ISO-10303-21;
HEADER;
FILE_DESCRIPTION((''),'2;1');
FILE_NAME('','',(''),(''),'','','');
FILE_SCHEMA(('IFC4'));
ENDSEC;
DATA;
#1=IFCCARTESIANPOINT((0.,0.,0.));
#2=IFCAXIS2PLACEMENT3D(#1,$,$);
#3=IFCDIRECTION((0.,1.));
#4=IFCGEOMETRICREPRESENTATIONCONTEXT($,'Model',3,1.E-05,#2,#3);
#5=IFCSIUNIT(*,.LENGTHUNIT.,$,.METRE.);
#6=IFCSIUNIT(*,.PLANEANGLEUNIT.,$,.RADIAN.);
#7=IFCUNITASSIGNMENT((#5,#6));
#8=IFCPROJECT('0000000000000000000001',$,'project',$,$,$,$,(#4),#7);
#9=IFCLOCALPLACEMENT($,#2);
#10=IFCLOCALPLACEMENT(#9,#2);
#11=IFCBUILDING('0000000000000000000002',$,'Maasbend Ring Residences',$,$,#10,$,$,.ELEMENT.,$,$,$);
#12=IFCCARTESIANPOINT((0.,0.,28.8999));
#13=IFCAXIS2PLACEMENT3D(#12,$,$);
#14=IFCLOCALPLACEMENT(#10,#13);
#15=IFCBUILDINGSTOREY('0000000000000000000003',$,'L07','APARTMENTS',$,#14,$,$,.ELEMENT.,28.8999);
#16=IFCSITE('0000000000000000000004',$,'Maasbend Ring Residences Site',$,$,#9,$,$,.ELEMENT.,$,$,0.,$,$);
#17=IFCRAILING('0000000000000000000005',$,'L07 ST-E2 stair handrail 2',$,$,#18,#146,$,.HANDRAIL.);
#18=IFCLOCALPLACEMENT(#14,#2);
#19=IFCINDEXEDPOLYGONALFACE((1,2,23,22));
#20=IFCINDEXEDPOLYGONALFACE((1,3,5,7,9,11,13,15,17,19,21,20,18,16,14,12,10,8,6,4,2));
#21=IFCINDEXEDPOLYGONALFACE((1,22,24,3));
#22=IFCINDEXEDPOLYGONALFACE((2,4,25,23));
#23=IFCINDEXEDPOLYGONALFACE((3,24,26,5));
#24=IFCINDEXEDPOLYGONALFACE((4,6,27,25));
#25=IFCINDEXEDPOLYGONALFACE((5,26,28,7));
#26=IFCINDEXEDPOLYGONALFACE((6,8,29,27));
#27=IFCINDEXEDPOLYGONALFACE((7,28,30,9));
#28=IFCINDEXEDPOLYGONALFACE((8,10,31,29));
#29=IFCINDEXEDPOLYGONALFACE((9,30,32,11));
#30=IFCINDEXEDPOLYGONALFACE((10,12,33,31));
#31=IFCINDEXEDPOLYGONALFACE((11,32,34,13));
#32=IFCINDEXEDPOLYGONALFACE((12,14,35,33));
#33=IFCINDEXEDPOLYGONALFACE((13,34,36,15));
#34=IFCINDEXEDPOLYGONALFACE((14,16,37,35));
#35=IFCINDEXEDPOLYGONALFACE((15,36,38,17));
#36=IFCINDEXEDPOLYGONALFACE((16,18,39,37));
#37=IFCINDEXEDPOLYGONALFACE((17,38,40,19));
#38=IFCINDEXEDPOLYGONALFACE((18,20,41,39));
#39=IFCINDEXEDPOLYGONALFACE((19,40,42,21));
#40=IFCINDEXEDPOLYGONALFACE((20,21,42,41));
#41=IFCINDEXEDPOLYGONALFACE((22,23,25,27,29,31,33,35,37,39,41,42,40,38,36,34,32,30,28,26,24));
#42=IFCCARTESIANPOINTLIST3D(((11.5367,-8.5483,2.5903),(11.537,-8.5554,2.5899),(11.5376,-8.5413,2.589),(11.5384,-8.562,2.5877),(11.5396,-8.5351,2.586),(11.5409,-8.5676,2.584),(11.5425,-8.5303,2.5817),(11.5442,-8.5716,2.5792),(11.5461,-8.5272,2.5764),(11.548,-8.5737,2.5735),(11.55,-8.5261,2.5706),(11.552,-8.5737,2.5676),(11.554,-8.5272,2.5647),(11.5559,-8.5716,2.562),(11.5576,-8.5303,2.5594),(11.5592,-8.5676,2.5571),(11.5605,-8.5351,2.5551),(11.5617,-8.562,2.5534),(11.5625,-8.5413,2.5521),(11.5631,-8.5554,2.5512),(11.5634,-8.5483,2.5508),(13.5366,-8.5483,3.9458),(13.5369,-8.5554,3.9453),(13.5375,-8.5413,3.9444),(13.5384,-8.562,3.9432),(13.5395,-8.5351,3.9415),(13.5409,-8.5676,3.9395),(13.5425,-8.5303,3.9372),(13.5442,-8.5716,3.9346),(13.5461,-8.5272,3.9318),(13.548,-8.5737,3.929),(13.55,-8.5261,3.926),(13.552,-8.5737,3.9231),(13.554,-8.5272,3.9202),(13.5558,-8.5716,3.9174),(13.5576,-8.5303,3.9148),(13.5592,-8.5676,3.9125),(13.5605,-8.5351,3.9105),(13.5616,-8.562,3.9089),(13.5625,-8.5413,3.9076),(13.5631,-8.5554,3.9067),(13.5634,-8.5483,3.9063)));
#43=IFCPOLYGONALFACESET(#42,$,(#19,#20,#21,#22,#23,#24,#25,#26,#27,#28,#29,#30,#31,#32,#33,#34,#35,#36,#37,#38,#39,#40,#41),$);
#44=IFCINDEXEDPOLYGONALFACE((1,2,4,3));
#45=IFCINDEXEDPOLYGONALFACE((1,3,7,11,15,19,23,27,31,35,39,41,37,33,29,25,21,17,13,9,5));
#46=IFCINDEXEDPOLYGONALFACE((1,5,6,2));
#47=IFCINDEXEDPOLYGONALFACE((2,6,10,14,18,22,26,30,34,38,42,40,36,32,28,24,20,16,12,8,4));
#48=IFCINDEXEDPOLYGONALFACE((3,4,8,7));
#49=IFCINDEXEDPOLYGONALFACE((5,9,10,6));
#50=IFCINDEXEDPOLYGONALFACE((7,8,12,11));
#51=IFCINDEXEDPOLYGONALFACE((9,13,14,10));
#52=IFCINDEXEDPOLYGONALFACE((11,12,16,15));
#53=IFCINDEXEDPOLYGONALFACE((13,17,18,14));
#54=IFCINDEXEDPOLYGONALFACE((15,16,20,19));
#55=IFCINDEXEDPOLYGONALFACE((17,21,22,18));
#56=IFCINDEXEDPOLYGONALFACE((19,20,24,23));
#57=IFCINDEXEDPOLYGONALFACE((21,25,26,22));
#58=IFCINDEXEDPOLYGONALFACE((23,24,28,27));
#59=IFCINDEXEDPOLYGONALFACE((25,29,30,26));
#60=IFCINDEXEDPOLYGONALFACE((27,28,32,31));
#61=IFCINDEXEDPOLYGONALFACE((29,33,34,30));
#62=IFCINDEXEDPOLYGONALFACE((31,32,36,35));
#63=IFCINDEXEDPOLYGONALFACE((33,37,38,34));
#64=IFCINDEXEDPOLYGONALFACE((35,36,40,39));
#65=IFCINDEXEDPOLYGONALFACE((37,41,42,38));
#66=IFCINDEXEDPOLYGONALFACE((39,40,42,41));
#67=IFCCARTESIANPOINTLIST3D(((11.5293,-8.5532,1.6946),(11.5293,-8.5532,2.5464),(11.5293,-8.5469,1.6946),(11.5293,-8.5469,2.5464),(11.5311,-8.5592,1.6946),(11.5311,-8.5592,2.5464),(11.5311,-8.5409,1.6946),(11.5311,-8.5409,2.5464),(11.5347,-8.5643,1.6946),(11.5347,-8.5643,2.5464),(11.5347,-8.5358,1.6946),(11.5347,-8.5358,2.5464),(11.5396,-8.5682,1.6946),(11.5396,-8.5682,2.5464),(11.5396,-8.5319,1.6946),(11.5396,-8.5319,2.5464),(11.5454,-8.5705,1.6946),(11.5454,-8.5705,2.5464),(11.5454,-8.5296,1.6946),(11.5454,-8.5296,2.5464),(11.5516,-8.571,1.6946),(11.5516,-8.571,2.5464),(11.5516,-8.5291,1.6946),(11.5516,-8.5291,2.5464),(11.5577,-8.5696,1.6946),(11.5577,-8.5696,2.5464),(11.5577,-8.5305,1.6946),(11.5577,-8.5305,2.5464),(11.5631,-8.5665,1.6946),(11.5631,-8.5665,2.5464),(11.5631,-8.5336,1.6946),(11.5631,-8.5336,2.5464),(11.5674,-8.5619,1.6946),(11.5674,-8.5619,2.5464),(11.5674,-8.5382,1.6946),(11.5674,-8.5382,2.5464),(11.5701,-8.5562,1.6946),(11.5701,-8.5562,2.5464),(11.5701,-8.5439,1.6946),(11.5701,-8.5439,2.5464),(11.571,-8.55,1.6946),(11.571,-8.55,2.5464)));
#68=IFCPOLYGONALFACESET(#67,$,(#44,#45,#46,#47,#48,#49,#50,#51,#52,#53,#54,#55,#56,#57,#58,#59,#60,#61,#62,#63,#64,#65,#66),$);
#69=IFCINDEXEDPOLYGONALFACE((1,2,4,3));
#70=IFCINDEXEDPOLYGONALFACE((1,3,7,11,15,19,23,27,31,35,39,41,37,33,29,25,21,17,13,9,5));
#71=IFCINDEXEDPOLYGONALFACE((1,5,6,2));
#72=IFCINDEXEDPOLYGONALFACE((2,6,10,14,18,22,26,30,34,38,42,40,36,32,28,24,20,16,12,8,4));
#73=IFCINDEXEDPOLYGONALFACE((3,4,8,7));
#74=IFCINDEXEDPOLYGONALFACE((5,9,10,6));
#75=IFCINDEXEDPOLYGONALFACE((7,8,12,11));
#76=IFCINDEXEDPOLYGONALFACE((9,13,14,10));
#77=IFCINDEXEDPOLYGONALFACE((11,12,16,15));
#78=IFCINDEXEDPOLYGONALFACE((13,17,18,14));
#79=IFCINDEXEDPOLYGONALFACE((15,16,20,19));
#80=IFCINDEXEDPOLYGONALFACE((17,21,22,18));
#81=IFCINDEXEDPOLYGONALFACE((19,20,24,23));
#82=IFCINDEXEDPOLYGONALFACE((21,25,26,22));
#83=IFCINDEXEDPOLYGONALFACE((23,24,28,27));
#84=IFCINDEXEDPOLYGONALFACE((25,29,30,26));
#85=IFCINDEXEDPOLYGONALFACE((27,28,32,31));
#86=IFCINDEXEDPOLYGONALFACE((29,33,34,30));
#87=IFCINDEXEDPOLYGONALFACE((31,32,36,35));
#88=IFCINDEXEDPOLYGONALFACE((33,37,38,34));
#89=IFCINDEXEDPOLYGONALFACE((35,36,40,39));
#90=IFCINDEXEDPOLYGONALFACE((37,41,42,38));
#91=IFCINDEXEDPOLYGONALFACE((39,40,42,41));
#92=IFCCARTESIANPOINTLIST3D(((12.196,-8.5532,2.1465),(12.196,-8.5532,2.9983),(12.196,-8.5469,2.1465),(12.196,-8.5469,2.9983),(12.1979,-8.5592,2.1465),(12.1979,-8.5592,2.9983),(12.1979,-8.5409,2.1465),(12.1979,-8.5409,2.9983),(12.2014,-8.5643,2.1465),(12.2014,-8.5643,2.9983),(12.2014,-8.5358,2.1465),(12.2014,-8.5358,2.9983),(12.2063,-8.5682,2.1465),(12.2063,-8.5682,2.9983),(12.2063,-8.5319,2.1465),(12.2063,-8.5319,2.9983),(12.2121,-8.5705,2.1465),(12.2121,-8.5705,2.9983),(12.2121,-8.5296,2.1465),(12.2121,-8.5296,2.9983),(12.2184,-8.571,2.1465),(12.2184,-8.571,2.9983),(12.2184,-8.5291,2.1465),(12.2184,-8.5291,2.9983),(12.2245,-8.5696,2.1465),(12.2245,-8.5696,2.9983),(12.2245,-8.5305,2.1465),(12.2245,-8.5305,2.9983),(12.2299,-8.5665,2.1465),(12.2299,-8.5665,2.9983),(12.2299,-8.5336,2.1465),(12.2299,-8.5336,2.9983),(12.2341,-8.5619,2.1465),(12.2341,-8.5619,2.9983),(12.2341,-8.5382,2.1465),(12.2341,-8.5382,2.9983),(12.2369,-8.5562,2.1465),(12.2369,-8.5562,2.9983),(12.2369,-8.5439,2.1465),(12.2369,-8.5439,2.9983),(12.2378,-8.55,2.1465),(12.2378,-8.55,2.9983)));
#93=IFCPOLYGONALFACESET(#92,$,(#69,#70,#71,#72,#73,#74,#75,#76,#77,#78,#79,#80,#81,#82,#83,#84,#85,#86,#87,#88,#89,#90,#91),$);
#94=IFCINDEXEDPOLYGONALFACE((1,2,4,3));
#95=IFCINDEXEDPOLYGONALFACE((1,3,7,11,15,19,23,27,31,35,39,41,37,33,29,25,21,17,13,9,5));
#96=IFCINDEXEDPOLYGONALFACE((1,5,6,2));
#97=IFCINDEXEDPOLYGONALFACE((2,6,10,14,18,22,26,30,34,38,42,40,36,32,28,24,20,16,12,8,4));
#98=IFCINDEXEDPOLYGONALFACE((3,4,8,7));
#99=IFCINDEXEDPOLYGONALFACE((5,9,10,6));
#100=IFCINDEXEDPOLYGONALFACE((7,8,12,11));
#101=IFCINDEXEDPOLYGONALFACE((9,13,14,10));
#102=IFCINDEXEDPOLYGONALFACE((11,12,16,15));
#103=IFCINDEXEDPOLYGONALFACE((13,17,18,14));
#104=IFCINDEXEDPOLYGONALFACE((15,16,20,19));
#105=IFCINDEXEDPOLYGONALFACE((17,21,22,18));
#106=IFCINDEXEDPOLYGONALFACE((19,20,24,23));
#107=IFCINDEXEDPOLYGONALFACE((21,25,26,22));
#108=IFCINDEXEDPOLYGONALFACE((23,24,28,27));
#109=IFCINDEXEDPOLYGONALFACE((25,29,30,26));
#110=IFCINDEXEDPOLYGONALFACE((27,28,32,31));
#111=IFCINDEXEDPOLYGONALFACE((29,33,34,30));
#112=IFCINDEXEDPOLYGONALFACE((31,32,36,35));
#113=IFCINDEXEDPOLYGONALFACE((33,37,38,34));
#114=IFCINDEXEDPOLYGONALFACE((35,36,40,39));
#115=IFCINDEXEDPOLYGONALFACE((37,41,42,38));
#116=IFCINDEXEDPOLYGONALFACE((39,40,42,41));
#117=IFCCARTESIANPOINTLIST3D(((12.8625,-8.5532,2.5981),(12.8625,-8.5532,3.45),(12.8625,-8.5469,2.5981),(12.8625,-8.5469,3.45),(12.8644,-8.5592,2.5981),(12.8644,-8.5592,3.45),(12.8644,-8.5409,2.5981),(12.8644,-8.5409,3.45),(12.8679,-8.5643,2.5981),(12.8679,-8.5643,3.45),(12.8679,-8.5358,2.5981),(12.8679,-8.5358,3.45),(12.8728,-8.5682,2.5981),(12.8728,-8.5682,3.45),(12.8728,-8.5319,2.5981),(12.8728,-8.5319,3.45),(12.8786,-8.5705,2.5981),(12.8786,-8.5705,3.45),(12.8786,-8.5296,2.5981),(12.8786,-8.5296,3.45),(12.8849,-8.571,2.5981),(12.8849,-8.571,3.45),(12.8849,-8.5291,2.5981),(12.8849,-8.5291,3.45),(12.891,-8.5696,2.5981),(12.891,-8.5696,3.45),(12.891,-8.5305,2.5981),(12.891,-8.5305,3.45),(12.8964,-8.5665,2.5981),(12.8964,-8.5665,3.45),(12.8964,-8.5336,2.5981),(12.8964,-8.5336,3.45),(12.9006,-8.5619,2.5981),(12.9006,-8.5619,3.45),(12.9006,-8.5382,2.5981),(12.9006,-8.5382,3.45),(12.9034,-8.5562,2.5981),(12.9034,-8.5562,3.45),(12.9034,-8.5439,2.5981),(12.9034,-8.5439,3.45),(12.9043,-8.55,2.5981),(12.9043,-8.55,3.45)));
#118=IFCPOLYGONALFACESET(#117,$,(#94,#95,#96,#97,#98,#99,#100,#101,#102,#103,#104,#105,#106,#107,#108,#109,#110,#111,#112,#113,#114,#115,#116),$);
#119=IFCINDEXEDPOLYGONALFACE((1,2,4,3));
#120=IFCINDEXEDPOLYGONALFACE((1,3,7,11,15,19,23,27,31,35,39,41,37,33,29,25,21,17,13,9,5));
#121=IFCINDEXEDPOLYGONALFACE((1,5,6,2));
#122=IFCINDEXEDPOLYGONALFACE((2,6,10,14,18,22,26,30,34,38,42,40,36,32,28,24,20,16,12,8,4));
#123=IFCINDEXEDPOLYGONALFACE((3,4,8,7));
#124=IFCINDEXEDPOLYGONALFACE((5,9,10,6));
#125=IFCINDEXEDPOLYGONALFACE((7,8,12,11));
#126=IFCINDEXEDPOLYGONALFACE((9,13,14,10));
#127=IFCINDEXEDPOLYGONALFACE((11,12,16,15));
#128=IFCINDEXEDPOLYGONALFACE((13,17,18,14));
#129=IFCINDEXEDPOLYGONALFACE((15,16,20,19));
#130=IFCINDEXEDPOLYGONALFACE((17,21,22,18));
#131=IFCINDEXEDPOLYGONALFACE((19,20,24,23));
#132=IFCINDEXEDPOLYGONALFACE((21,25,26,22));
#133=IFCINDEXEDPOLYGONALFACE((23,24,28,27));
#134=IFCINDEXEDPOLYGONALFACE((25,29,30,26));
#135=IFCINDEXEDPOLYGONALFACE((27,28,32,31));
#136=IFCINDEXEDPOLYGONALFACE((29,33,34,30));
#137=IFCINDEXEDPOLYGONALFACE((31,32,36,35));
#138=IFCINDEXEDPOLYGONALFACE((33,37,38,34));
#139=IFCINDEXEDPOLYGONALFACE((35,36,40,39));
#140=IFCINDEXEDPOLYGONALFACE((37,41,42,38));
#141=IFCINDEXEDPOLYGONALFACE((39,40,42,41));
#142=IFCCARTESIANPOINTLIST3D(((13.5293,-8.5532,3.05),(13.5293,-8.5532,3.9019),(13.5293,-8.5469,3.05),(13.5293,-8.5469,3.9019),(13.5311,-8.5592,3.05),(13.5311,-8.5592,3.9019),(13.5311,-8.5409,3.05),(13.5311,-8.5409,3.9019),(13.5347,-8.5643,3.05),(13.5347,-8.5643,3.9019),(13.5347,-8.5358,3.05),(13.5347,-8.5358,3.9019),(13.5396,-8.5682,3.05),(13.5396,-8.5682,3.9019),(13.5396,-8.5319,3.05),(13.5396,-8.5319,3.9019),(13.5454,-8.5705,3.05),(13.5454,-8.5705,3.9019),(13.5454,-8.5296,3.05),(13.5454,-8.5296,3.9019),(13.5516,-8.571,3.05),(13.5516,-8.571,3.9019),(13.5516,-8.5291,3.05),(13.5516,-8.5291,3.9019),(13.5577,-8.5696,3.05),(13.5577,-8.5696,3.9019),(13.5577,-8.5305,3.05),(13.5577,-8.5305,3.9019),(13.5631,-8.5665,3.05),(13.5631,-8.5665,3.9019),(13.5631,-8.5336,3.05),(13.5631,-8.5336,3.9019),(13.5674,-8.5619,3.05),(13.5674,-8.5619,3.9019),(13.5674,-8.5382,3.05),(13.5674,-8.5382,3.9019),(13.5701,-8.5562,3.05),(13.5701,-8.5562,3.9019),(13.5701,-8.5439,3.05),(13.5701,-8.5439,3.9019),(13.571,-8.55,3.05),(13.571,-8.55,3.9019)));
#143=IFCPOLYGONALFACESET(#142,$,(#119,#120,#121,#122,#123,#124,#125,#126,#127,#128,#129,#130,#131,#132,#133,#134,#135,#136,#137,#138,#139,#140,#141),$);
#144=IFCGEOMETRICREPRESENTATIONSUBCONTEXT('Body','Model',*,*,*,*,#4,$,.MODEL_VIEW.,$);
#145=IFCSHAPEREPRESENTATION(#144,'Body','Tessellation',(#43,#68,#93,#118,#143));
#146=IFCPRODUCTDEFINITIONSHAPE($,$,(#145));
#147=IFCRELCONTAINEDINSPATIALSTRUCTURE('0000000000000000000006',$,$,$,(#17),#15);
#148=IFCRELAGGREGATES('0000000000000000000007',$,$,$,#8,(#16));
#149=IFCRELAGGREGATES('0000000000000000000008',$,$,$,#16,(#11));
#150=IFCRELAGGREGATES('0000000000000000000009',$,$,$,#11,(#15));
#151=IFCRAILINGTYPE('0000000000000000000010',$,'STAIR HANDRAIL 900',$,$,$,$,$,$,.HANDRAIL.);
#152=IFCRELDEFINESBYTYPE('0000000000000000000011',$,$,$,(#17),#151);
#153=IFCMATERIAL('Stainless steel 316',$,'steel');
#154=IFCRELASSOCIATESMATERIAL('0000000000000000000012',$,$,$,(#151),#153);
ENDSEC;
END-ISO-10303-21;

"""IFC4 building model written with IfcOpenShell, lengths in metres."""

from ifc_helpers import new_model, si_unit, direction, frame, origin, origin_2d, place, context, subcontext, project, spatial, circle, extrude, material, type_object, element, save


model = new_model("IFC4")

# Units and contexts
model_context = context("Model", 3, precision=1e-05, world=origin(), true_north=direction((0.0, 1.0)))
body_context = subcontext(model_context, "Body", "Model", "MODEL_VIEW")
ifc_project = project(units=[si_unit("LENGTHUNIT", "METRE"), si_unit("PLANEANGLEUNIT", "RADIAN")], contexts=[model_context])

# Site, building, storey
site_placement = place(None, origin())
site = spatial("IfcSite", under=ifc_project, at=site_placement, Name="Maasbend Ring Residences Site", CompositionType="ELEMENT", RefElevation=0.0)
building_placement = place(site_placement, origin())
building = spatial("IfcBuilding", under=site, at=building_placement, Name="Maasbend Ring Residences", CompositionType="ELEMENT")
storey_placement = place(building_placement, frame((0.0, 0.0, 28.8999)))
storey = spatial("IfcBuildingStorey", under=building, at=storey_placement, Name="L07", Description="APARTMENTS", CompositionType="ELEMENT", Elevation=28.8999)

# Railing
ifc_material_1 = material(Name="Stainless steel 316", Category="steel")
railing_type_1 = type_object("IfcRailingType", Name="STAIR HANDRAIL 900", PredefinedType="HANDRAIL", material=ifc_material_1)
railing_1_placement = place(storey_placement, frame((11.55, -8.55, 1.6946)))
element("IfcRailing", 1, at=railing_1_placement, inside=storey, type_object=railing_type_1, Name="L07 ST-E2 stair handrail 2", PredefinedType="HANDRAIL", context=body_context, shape_type="SweptSolid", body=[
    extrude(circle(Radius=0.0239, at=origin_2d()), frame((0.0, 0.0, 0.876), z_axis=(0.827798, 0.0, 0.561027), x_axis=(0.0, 1.0, 0.0)), (0.0, 0.0, 1.0), 2.416),
    extrude(circle(Radius=0.021, at=origin_2d()), origin(), (0.0, 0.0, 1.0), 0.8518),
    extrude(circle(Radius=0.021, at=origin_2d()), frame((0.6667, 0.0, 0.4519)), (0.0, 0.0, 1.0), 0.8518),
    extrude(circle(Radius=0.021, at=origin_2d()), frame((1.3333, 0.0, 0.9036)), (0.0, 0.0, 1.0), 0.8518),
    extrude(circle(Radius=0.021, at=origin_2d()), frame((2.0, 0.0, 1.3555)), (0.0, 0.0, 1.0), 0.8518),
])

save(model, "model.ifc")
